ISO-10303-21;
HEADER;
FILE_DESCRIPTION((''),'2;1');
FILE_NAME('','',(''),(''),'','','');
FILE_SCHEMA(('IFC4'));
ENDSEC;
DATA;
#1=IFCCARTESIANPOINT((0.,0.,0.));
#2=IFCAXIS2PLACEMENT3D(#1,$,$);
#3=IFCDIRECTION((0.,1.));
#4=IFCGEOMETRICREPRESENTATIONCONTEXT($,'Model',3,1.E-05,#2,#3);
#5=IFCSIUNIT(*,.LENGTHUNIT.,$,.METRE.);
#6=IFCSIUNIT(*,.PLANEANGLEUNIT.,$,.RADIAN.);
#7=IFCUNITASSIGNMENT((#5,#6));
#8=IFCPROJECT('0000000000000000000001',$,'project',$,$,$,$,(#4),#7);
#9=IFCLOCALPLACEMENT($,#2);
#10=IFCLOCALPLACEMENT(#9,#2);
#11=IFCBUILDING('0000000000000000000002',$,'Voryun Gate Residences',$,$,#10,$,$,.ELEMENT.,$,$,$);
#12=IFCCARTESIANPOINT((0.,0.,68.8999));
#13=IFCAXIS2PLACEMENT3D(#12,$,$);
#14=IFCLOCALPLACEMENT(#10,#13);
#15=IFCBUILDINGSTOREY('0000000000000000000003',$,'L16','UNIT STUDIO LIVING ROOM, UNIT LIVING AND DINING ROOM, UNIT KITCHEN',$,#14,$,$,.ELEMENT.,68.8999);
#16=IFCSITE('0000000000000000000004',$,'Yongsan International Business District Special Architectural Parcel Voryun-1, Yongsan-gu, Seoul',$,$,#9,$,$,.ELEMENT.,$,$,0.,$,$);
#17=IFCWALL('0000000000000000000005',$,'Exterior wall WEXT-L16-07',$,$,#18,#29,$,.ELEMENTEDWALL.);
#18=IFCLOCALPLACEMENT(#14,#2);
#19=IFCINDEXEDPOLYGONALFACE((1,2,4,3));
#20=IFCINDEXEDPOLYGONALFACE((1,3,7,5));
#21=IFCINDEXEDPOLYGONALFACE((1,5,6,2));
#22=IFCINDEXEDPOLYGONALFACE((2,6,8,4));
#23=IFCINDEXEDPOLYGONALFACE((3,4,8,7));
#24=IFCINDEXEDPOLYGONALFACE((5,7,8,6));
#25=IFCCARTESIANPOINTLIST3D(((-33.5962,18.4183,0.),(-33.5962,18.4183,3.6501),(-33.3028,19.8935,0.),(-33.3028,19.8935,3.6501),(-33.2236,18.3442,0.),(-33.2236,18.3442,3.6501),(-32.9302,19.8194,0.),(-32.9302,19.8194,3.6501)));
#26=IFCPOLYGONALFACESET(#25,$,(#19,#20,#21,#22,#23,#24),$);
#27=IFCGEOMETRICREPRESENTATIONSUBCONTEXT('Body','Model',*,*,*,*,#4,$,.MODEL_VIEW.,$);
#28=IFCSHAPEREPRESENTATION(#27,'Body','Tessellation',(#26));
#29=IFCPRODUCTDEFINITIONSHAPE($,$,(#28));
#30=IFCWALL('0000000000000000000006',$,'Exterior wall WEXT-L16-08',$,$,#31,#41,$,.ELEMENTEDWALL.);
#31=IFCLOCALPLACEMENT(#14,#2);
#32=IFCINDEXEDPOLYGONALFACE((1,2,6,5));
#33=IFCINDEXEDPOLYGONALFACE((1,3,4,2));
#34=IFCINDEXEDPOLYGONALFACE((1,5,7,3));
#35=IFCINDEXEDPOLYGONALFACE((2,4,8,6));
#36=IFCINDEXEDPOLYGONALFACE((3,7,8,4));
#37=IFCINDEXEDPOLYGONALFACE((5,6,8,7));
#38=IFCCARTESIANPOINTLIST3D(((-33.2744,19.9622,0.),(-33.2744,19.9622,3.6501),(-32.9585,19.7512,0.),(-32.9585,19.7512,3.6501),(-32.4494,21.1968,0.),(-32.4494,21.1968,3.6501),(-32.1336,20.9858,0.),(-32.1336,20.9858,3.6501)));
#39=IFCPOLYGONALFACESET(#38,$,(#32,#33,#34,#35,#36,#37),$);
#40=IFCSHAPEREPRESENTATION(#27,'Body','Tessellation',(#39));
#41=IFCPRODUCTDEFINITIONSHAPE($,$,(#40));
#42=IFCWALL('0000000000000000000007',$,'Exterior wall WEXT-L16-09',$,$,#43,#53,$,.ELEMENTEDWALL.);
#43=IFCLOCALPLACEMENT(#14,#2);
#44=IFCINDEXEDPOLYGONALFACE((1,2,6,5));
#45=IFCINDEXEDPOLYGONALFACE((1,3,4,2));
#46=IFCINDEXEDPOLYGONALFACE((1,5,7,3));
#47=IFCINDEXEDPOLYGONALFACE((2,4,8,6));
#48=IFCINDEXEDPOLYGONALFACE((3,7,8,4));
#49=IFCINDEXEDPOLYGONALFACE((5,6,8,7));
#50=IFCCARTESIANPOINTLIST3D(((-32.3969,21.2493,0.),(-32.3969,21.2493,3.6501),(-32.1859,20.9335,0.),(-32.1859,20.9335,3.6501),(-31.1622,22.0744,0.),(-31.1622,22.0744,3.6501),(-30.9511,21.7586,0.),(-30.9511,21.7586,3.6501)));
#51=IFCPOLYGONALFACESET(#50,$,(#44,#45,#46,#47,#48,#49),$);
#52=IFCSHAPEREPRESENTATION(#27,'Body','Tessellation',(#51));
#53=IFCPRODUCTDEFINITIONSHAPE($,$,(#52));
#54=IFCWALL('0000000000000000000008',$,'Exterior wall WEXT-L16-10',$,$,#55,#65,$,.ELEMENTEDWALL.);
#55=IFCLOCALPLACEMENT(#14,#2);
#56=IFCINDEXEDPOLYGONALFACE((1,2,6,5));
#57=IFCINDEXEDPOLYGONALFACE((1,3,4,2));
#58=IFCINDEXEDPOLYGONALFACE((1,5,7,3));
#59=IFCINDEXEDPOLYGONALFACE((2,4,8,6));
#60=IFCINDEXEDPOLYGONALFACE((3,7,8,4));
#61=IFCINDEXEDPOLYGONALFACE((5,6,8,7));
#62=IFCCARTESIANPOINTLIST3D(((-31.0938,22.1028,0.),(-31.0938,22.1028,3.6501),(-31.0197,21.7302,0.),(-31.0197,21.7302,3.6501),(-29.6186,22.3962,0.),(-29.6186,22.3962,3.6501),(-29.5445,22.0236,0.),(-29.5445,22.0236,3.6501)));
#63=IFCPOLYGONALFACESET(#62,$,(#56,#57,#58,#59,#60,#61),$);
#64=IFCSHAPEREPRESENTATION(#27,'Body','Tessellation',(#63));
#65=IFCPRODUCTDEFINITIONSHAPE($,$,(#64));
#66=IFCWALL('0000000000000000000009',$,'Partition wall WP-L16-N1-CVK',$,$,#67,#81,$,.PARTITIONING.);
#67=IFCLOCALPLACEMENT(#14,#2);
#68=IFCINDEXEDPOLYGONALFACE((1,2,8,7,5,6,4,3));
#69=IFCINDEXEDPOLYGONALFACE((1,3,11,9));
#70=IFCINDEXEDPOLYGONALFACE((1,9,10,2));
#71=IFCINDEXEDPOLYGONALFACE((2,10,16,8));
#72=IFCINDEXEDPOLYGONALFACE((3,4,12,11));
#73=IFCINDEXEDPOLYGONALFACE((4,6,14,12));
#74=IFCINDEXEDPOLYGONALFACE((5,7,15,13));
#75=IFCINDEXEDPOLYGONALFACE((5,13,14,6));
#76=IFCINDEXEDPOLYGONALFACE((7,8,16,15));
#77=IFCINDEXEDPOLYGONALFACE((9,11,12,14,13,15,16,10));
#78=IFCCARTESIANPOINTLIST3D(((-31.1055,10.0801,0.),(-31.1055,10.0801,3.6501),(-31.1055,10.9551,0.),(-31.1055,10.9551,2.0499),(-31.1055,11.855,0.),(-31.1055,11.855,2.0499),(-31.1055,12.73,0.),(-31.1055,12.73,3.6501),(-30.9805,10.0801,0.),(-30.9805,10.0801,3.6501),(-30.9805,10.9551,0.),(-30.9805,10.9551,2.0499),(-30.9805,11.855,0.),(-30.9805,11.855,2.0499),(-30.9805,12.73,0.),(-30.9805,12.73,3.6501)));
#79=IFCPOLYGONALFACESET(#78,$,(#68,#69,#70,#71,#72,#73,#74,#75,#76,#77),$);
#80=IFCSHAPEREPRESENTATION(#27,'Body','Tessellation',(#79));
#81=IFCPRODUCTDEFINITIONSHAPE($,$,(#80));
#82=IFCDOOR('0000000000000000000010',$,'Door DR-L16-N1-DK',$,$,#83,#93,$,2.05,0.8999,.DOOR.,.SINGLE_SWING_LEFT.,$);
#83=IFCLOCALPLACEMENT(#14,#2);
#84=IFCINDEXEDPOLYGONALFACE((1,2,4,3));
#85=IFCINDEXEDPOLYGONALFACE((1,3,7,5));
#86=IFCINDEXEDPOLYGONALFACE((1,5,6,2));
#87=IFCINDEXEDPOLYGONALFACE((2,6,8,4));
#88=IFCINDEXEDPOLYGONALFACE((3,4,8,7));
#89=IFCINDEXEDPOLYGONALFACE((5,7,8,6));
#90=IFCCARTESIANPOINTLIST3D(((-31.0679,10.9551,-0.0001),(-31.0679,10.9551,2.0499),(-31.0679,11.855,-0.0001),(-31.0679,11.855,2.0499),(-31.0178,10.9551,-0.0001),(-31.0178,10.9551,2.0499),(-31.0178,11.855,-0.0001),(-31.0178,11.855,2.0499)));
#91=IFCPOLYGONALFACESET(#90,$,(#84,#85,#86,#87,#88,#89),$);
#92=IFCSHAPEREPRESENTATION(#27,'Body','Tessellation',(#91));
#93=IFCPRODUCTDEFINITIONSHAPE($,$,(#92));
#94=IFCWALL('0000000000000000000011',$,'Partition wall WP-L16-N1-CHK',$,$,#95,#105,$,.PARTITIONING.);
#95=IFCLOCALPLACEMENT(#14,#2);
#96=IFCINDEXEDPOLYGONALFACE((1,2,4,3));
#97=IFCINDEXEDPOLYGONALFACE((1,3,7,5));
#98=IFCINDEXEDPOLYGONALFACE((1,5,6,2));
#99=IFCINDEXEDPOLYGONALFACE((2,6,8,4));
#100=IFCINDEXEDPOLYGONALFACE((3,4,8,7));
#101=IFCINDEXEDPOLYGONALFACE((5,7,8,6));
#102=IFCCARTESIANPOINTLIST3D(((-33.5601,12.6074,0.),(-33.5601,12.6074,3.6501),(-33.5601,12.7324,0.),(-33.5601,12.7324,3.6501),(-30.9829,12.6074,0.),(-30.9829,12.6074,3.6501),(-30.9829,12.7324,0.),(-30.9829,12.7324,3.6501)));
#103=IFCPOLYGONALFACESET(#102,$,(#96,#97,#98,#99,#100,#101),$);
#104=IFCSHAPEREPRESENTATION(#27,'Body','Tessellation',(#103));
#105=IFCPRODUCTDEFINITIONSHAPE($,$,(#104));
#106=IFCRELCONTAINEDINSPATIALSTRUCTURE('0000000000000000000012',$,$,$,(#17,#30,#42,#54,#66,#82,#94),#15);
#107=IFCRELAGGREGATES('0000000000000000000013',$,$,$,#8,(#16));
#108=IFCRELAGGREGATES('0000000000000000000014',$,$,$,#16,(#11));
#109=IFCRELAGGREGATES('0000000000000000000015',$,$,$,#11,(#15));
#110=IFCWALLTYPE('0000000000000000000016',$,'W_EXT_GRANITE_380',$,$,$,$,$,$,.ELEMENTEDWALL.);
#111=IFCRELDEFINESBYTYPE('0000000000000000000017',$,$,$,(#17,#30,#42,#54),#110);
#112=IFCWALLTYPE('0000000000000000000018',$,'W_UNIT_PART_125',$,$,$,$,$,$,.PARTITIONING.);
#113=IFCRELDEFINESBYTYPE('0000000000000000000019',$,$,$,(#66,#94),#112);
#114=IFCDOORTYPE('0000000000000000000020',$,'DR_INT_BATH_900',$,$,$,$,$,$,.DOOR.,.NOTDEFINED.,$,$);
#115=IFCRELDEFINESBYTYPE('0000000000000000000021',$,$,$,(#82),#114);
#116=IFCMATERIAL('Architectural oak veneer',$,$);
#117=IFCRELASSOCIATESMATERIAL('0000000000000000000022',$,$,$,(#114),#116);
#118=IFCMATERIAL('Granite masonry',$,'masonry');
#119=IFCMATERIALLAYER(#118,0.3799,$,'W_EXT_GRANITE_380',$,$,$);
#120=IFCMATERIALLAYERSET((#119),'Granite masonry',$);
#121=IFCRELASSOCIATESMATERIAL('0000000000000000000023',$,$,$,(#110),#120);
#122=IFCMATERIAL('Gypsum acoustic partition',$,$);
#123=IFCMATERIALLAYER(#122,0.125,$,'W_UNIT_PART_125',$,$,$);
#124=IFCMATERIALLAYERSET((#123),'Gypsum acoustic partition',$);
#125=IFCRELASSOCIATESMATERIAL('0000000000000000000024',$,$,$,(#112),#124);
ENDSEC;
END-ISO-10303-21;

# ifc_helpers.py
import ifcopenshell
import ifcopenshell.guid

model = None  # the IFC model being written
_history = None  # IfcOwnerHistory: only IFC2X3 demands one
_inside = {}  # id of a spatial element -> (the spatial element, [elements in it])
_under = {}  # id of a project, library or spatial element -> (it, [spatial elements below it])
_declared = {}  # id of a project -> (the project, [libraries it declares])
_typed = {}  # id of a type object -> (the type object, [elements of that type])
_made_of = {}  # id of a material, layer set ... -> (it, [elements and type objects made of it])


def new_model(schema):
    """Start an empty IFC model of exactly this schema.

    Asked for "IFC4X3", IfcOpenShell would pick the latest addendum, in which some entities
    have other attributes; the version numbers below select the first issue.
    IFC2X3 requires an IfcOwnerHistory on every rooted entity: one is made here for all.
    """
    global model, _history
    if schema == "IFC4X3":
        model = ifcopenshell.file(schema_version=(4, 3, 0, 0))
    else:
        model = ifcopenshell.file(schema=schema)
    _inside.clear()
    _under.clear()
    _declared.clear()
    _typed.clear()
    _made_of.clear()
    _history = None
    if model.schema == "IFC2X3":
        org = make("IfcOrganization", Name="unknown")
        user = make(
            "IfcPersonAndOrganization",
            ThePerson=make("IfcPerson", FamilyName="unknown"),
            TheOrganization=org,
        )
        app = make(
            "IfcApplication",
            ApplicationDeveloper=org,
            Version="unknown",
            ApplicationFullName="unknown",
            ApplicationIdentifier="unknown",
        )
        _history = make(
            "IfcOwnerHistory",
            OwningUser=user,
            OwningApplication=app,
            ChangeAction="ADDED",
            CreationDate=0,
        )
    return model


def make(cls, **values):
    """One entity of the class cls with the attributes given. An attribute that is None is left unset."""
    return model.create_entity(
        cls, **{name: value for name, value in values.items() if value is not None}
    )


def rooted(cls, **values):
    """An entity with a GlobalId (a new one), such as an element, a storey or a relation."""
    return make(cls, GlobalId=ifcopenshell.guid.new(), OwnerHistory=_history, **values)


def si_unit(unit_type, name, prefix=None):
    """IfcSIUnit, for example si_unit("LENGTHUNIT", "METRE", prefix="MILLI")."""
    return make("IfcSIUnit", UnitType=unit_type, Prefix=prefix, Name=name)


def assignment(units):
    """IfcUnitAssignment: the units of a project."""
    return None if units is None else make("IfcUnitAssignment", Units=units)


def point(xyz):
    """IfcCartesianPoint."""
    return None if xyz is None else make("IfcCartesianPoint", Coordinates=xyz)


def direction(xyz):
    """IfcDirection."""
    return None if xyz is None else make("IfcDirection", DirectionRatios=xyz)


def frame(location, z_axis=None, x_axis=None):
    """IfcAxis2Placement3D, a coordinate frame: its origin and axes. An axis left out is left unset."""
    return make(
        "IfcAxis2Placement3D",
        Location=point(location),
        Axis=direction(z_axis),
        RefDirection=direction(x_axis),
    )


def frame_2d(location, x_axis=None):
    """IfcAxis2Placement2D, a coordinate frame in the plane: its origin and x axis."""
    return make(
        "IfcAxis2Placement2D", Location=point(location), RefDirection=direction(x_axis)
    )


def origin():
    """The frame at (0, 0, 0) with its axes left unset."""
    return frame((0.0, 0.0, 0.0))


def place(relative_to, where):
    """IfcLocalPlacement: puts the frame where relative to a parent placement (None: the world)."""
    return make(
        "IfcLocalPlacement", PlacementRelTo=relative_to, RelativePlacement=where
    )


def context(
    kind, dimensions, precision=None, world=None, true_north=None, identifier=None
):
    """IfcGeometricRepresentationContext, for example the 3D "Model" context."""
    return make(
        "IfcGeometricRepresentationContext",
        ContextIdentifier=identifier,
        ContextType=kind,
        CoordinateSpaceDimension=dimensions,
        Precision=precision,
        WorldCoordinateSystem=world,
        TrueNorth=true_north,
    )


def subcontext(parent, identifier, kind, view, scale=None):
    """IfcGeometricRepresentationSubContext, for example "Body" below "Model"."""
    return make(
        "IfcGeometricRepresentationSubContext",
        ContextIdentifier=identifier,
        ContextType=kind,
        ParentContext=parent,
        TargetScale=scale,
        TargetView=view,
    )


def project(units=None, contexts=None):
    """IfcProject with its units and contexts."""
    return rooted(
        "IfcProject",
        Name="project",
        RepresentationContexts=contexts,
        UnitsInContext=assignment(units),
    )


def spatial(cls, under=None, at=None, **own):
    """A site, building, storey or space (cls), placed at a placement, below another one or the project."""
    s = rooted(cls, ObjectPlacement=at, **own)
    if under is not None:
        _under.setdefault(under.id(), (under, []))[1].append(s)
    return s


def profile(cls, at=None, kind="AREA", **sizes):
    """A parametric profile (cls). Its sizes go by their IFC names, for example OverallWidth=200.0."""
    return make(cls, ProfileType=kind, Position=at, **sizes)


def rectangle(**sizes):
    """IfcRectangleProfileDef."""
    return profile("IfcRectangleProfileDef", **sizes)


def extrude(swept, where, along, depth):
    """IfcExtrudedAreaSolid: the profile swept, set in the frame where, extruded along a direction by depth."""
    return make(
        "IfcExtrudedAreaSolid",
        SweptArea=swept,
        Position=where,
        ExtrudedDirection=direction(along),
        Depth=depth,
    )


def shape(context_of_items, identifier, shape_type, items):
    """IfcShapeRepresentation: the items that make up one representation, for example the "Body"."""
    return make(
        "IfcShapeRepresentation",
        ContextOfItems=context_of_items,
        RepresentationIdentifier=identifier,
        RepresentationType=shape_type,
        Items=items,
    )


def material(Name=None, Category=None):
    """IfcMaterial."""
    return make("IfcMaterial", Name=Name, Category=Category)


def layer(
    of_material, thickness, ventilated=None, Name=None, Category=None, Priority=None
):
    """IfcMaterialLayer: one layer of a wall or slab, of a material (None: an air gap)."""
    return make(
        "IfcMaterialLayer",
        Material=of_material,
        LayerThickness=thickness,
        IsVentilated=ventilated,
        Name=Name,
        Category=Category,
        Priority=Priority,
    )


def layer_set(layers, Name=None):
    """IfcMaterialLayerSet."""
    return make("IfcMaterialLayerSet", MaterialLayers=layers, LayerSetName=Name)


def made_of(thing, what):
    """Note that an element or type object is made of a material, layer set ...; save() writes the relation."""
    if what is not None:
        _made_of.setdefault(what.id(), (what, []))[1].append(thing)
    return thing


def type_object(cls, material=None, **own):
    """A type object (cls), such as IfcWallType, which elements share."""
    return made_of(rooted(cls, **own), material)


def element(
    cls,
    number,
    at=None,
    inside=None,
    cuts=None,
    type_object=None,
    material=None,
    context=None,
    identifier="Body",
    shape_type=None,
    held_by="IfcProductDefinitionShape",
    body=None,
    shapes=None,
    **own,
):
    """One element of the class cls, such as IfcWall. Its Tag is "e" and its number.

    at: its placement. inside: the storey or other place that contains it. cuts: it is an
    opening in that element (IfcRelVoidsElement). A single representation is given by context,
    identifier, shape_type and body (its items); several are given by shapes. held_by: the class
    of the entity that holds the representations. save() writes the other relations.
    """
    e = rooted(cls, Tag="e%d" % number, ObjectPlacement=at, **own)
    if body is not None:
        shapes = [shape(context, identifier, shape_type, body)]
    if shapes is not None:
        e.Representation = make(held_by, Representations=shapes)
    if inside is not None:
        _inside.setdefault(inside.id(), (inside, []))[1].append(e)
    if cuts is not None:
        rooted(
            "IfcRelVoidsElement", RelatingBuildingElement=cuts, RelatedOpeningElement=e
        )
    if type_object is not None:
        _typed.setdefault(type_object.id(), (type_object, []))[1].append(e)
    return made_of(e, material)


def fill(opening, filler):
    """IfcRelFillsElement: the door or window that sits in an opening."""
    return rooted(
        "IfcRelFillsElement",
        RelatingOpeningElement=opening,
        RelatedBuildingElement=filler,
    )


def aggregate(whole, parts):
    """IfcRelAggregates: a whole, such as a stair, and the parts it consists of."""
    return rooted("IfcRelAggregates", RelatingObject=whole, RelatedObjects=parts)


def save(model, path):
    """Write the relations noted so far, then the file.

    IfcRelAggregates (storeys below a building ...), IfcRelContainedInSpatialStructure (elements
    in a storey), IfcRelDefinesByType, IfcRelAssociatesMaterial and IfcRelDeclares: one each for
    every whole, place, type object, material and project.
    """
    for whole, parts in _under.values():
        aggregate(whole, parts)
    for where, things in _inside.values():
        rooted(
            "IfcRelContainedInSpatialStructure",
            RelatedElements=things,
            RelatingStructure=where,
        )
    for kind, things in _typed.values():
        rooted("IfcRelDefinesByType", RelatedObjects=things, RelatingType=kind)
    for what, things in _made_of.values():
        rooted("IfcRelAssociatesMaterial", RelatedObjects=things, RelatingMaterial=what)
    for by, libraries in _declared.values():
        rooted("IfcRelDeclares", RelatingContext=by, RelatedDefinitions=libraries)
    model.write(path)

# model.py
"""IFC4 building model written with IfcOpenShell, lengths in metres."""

from ifc_helpers import new_model, si_unit, direction, frame, frame_2d, origin, place, context, subcontext, project, spatial, rectangle, extrude, material, layer, layer_set, type_object, element, fill, save


model = new_model("IFC4")

# Units and contexts
model_context = context("Model", 3, precision=1e-05, world=origin(), true_north=direction((0.0, 1.0)))
body_context = subcontext(model_context, "Body", "Model", "MODEL_VIEW")
ifc_project = project(units=[si_unit("LENGTHUNIT", "METRE"), si_unit("PLANEANGLEUNIT", "RADIAN")], contexts=[model_context])

# Site, building, storey
site_placement = place(None, origin())
site = spatial("IfcSite", under=ifc_project, at=site_placement, Name="Yongsan International Business District Special Architectural Parcel Voryun-1, Yongsan-gu, Seoul", CompositionType="ELEMENT", RefElevation=0.0)
building_placement = place(site_placement, origin())
building = spatial("IfcBuilding", under=site, at=building_placement, Name="Voryun Gate Residences", CompositionType="ELEMENT")
storey_placement = place(building_placement, frame((0.0, 0.0, 68.8999)))
storey = spatial("IfcBuildingStorey", under=building, at=storey_placement, Name="L16", Description="UNIT STUDIO LIVING ROOM, UNIT LIVING AND DINING ROOM, UNIT KITCHEN", CompositionType="ELEMENT", Elevation=68.8999)

# Shared definitions
ifc_material_1 = material(Name="Architectural oak veneer")
door_type_1 = type_object("IfcDoorType", Name="DR_INT_BATH_900", OperationType="NOTDEFINED", PredefinedType="DOOR", material=ifc_material_1)

# Walls
ifc_material_2 = material(Name="Granite masonry", Category="masonry")
ifc_layer_1 = layer(ifc_material_2, 0.3799, Name="W_EXT_GRANITE_380")
ifc_layer_set_1 = layer_set([ifc_layer_1], Name="Granite masonry")
wall_type_1 = type_object("IfcWallType", Name="W_EXT_GRANITE_380", PredefinedType="ELEMENTEDWALL", material=ifc_layer_set_1)
wall_1_placement = place(storey_placement, frame((-33.4099, 18.3813, 0.0), z_axis=(0.0, 0.0, 1.0), x_axis=(0.195086, 0.980786, 0.0)))
element("IfcWall", 1, at=wall_1_placement, inside=storey, type_object=wall_type_1, Name="Exterior wall WEXT-L16-07", PredefinedType="ELEMENTEDWALL", context=body_context, shape_type="SweptSolid", body=[
    extrude(rectangle(XDim=1.5042, YDim=0.3799, at=frame_2d((0.752, 0.0))), origin(), (0.0, 0.0, 1.0), 3.6501),
])
wall_2_placement = place(storey_placement, frame((-33.1165, 19.8567, 0.0), z_axis=(0.0, 0.0, 1.0), x_axis=(0.555573, 0.831468, 0.0)))
element("IfcWall", 2, at=wall_2_placement, inside=storey, type_object=wall_type_1, Name="Exterior wall WEXT-L16-08", PredefinedType="ELEMENTEDWALL", context=body_context, shape_type="SweptSolid", body=[
    extrude(rectangle(XDim=1.4849, YDim=0.3799, at=frame_2d((0.7424, 0.0))), origin(), (0.0, 0.0, 1.0), 3.6501),
])
wall_3_placement = place(storey_placement, frame((-32.2915, 21.0913, 0.0), z_axis=(0.0, 0.0, 1.0), x_axis=(0.831443, 0.55561, 0.0)))
element("IfcWall", 3, at=wall_3_placement, inside=storey, type_object=wall_type_1, Name="Exterior wall WEXT-L16-09", PredefinedType="ELEMENTEDWALL", context=body_context, shape_type="SweptSolid", body=[
    extrude(rectangle(XDim=1.4851, YDim=0.3799, at=frame_2d((0.7427, 0.0))), origin(), (0.0, 0.0, 1.0), 3.6501),
])
wall_4_placement = place(storey_placement, frame((-31.0566, 21.9165, 0.0), z_axis=(0.0, 0.0, 1.0), x_axis=(0.980786, 0.195086, 0.0)))
element("IfcWall", 4, at=wall_4_placement, inside=storey, type_object=wall_type_1, Name="Exterior wall WEXT-L16-10", PredefinedType="ELEMENTEDWALL", context=body_context, shape_type="SweptSolid", body=[
    extrude(rectangle(XDim=1.5042, YDim=0.3799, at=frame_2d((0.752, 0.0))), origin(), (0.0, 0.0, 1.0), 3.6501),
])

# Wall, opening, door
ifc_material_3 = material(Name="Gypsum acoustic partition")
ifc_layer_2 = layer(ifc_material_3, 0.125, Name="W_UNIT_PART_125")
ifc_layer_set_2 = layer_set([ifc_layer_2], Name="Gypsum acoustic partition")
wall_type_2 = type_object("IfcWallType", Name="W_UNIT_PART_125", PredefinedType="PARTITIONING", material=ifc_layer_set_2)
wall_5_placement = place(storey_placement, frame((-31.043, 10.0801, 0.0), z_axis=(0.0, 0.0, 1.0), x_axis=(0.0, 1.0, 0.0)))
wall_5 = element("IfcWall", 5, at=wall_5_placement, inside=storey, type_object=wall_type_2, Name="Partition wall WP-L16-N1-CVK", PredefinedType="PARTITIONING", context=body_context, shape_type="SweptSolid", body=[
    extrude(rectangle(XDim=2.6499, YDim=0.125, at=frame_2d((1.325, 0.0))), origin(), (0.0, 0.0, 1.0), 3.6501),
])
opening_1_placement = place(wall_5_placement, frame((0.875, 0.0, 0.0)))
opening_1 = element("IfcOpeningElement", 6, at=opening_1_placement, cuts=wall_5, PredefinedType="OPENING", context=body_context, shape_type="SweptSolid", body=[
    extrude(rectangle(XDim=0.8999, YDim=2.05, at=frame_2d((0.45, 1.0249))), frame((0.0, 0.0725, 0.0), z_axis=(0.0, -1.0, 0.0), x_axis=(1.0, 0.0, 0.0)), (0.0, 0.0, 1.0), 0.145),
])
door_1_placement = place(opening_1_placement, origin())
door_1 = element("IfcDoor", 7, at=door_1_placement, inside=storey, type_object=door_type_1, Name="Door DR-L16-N1-DK", OperationType="SINGLE_SWING_LEFT", OverallHeight=2.05, OverallWidth=0.8999, PredefinedType="DOOR", context=body_context, shape_type="SweptSolid", body=[
    extrude(rectangle(XDim=0.8999, YDim=2.05, at=frame_2d((0.45, 1.0249))), frame((0.0, 0.0249, 0.0), z_axis=(0.0, -1.0, 0.0), x_axis=(1.0, 0.0, 0.0)), (0.0, 0.0, 1.0), 0.05),
])
fill(opening_1, door_1)

# Wall
wall_6_placement = place(storey_placement, frame((-33.5601, 12.6699, 0.0), z_axis=(0.0, 0.0, 1.0), x_axis=(1.0, 0.0, 0.0)))
element("IfcWall", 8, at=wall_6_placement, inside=storey, type_object=wall_type_2, Name="Partition wall WP-L16-N1-CHK", PredefinedType="PARTITIONING", context=body_context, shape_type="SweptSolid", body=[
    extrude(rectangle(XDim=2.5771, YDim=0.125, at=frame_2d((1.2886, 0.0))), origin(), (0.0, 0.0, 1.0), 3.6501),
])

save(model, "model.ifc")
